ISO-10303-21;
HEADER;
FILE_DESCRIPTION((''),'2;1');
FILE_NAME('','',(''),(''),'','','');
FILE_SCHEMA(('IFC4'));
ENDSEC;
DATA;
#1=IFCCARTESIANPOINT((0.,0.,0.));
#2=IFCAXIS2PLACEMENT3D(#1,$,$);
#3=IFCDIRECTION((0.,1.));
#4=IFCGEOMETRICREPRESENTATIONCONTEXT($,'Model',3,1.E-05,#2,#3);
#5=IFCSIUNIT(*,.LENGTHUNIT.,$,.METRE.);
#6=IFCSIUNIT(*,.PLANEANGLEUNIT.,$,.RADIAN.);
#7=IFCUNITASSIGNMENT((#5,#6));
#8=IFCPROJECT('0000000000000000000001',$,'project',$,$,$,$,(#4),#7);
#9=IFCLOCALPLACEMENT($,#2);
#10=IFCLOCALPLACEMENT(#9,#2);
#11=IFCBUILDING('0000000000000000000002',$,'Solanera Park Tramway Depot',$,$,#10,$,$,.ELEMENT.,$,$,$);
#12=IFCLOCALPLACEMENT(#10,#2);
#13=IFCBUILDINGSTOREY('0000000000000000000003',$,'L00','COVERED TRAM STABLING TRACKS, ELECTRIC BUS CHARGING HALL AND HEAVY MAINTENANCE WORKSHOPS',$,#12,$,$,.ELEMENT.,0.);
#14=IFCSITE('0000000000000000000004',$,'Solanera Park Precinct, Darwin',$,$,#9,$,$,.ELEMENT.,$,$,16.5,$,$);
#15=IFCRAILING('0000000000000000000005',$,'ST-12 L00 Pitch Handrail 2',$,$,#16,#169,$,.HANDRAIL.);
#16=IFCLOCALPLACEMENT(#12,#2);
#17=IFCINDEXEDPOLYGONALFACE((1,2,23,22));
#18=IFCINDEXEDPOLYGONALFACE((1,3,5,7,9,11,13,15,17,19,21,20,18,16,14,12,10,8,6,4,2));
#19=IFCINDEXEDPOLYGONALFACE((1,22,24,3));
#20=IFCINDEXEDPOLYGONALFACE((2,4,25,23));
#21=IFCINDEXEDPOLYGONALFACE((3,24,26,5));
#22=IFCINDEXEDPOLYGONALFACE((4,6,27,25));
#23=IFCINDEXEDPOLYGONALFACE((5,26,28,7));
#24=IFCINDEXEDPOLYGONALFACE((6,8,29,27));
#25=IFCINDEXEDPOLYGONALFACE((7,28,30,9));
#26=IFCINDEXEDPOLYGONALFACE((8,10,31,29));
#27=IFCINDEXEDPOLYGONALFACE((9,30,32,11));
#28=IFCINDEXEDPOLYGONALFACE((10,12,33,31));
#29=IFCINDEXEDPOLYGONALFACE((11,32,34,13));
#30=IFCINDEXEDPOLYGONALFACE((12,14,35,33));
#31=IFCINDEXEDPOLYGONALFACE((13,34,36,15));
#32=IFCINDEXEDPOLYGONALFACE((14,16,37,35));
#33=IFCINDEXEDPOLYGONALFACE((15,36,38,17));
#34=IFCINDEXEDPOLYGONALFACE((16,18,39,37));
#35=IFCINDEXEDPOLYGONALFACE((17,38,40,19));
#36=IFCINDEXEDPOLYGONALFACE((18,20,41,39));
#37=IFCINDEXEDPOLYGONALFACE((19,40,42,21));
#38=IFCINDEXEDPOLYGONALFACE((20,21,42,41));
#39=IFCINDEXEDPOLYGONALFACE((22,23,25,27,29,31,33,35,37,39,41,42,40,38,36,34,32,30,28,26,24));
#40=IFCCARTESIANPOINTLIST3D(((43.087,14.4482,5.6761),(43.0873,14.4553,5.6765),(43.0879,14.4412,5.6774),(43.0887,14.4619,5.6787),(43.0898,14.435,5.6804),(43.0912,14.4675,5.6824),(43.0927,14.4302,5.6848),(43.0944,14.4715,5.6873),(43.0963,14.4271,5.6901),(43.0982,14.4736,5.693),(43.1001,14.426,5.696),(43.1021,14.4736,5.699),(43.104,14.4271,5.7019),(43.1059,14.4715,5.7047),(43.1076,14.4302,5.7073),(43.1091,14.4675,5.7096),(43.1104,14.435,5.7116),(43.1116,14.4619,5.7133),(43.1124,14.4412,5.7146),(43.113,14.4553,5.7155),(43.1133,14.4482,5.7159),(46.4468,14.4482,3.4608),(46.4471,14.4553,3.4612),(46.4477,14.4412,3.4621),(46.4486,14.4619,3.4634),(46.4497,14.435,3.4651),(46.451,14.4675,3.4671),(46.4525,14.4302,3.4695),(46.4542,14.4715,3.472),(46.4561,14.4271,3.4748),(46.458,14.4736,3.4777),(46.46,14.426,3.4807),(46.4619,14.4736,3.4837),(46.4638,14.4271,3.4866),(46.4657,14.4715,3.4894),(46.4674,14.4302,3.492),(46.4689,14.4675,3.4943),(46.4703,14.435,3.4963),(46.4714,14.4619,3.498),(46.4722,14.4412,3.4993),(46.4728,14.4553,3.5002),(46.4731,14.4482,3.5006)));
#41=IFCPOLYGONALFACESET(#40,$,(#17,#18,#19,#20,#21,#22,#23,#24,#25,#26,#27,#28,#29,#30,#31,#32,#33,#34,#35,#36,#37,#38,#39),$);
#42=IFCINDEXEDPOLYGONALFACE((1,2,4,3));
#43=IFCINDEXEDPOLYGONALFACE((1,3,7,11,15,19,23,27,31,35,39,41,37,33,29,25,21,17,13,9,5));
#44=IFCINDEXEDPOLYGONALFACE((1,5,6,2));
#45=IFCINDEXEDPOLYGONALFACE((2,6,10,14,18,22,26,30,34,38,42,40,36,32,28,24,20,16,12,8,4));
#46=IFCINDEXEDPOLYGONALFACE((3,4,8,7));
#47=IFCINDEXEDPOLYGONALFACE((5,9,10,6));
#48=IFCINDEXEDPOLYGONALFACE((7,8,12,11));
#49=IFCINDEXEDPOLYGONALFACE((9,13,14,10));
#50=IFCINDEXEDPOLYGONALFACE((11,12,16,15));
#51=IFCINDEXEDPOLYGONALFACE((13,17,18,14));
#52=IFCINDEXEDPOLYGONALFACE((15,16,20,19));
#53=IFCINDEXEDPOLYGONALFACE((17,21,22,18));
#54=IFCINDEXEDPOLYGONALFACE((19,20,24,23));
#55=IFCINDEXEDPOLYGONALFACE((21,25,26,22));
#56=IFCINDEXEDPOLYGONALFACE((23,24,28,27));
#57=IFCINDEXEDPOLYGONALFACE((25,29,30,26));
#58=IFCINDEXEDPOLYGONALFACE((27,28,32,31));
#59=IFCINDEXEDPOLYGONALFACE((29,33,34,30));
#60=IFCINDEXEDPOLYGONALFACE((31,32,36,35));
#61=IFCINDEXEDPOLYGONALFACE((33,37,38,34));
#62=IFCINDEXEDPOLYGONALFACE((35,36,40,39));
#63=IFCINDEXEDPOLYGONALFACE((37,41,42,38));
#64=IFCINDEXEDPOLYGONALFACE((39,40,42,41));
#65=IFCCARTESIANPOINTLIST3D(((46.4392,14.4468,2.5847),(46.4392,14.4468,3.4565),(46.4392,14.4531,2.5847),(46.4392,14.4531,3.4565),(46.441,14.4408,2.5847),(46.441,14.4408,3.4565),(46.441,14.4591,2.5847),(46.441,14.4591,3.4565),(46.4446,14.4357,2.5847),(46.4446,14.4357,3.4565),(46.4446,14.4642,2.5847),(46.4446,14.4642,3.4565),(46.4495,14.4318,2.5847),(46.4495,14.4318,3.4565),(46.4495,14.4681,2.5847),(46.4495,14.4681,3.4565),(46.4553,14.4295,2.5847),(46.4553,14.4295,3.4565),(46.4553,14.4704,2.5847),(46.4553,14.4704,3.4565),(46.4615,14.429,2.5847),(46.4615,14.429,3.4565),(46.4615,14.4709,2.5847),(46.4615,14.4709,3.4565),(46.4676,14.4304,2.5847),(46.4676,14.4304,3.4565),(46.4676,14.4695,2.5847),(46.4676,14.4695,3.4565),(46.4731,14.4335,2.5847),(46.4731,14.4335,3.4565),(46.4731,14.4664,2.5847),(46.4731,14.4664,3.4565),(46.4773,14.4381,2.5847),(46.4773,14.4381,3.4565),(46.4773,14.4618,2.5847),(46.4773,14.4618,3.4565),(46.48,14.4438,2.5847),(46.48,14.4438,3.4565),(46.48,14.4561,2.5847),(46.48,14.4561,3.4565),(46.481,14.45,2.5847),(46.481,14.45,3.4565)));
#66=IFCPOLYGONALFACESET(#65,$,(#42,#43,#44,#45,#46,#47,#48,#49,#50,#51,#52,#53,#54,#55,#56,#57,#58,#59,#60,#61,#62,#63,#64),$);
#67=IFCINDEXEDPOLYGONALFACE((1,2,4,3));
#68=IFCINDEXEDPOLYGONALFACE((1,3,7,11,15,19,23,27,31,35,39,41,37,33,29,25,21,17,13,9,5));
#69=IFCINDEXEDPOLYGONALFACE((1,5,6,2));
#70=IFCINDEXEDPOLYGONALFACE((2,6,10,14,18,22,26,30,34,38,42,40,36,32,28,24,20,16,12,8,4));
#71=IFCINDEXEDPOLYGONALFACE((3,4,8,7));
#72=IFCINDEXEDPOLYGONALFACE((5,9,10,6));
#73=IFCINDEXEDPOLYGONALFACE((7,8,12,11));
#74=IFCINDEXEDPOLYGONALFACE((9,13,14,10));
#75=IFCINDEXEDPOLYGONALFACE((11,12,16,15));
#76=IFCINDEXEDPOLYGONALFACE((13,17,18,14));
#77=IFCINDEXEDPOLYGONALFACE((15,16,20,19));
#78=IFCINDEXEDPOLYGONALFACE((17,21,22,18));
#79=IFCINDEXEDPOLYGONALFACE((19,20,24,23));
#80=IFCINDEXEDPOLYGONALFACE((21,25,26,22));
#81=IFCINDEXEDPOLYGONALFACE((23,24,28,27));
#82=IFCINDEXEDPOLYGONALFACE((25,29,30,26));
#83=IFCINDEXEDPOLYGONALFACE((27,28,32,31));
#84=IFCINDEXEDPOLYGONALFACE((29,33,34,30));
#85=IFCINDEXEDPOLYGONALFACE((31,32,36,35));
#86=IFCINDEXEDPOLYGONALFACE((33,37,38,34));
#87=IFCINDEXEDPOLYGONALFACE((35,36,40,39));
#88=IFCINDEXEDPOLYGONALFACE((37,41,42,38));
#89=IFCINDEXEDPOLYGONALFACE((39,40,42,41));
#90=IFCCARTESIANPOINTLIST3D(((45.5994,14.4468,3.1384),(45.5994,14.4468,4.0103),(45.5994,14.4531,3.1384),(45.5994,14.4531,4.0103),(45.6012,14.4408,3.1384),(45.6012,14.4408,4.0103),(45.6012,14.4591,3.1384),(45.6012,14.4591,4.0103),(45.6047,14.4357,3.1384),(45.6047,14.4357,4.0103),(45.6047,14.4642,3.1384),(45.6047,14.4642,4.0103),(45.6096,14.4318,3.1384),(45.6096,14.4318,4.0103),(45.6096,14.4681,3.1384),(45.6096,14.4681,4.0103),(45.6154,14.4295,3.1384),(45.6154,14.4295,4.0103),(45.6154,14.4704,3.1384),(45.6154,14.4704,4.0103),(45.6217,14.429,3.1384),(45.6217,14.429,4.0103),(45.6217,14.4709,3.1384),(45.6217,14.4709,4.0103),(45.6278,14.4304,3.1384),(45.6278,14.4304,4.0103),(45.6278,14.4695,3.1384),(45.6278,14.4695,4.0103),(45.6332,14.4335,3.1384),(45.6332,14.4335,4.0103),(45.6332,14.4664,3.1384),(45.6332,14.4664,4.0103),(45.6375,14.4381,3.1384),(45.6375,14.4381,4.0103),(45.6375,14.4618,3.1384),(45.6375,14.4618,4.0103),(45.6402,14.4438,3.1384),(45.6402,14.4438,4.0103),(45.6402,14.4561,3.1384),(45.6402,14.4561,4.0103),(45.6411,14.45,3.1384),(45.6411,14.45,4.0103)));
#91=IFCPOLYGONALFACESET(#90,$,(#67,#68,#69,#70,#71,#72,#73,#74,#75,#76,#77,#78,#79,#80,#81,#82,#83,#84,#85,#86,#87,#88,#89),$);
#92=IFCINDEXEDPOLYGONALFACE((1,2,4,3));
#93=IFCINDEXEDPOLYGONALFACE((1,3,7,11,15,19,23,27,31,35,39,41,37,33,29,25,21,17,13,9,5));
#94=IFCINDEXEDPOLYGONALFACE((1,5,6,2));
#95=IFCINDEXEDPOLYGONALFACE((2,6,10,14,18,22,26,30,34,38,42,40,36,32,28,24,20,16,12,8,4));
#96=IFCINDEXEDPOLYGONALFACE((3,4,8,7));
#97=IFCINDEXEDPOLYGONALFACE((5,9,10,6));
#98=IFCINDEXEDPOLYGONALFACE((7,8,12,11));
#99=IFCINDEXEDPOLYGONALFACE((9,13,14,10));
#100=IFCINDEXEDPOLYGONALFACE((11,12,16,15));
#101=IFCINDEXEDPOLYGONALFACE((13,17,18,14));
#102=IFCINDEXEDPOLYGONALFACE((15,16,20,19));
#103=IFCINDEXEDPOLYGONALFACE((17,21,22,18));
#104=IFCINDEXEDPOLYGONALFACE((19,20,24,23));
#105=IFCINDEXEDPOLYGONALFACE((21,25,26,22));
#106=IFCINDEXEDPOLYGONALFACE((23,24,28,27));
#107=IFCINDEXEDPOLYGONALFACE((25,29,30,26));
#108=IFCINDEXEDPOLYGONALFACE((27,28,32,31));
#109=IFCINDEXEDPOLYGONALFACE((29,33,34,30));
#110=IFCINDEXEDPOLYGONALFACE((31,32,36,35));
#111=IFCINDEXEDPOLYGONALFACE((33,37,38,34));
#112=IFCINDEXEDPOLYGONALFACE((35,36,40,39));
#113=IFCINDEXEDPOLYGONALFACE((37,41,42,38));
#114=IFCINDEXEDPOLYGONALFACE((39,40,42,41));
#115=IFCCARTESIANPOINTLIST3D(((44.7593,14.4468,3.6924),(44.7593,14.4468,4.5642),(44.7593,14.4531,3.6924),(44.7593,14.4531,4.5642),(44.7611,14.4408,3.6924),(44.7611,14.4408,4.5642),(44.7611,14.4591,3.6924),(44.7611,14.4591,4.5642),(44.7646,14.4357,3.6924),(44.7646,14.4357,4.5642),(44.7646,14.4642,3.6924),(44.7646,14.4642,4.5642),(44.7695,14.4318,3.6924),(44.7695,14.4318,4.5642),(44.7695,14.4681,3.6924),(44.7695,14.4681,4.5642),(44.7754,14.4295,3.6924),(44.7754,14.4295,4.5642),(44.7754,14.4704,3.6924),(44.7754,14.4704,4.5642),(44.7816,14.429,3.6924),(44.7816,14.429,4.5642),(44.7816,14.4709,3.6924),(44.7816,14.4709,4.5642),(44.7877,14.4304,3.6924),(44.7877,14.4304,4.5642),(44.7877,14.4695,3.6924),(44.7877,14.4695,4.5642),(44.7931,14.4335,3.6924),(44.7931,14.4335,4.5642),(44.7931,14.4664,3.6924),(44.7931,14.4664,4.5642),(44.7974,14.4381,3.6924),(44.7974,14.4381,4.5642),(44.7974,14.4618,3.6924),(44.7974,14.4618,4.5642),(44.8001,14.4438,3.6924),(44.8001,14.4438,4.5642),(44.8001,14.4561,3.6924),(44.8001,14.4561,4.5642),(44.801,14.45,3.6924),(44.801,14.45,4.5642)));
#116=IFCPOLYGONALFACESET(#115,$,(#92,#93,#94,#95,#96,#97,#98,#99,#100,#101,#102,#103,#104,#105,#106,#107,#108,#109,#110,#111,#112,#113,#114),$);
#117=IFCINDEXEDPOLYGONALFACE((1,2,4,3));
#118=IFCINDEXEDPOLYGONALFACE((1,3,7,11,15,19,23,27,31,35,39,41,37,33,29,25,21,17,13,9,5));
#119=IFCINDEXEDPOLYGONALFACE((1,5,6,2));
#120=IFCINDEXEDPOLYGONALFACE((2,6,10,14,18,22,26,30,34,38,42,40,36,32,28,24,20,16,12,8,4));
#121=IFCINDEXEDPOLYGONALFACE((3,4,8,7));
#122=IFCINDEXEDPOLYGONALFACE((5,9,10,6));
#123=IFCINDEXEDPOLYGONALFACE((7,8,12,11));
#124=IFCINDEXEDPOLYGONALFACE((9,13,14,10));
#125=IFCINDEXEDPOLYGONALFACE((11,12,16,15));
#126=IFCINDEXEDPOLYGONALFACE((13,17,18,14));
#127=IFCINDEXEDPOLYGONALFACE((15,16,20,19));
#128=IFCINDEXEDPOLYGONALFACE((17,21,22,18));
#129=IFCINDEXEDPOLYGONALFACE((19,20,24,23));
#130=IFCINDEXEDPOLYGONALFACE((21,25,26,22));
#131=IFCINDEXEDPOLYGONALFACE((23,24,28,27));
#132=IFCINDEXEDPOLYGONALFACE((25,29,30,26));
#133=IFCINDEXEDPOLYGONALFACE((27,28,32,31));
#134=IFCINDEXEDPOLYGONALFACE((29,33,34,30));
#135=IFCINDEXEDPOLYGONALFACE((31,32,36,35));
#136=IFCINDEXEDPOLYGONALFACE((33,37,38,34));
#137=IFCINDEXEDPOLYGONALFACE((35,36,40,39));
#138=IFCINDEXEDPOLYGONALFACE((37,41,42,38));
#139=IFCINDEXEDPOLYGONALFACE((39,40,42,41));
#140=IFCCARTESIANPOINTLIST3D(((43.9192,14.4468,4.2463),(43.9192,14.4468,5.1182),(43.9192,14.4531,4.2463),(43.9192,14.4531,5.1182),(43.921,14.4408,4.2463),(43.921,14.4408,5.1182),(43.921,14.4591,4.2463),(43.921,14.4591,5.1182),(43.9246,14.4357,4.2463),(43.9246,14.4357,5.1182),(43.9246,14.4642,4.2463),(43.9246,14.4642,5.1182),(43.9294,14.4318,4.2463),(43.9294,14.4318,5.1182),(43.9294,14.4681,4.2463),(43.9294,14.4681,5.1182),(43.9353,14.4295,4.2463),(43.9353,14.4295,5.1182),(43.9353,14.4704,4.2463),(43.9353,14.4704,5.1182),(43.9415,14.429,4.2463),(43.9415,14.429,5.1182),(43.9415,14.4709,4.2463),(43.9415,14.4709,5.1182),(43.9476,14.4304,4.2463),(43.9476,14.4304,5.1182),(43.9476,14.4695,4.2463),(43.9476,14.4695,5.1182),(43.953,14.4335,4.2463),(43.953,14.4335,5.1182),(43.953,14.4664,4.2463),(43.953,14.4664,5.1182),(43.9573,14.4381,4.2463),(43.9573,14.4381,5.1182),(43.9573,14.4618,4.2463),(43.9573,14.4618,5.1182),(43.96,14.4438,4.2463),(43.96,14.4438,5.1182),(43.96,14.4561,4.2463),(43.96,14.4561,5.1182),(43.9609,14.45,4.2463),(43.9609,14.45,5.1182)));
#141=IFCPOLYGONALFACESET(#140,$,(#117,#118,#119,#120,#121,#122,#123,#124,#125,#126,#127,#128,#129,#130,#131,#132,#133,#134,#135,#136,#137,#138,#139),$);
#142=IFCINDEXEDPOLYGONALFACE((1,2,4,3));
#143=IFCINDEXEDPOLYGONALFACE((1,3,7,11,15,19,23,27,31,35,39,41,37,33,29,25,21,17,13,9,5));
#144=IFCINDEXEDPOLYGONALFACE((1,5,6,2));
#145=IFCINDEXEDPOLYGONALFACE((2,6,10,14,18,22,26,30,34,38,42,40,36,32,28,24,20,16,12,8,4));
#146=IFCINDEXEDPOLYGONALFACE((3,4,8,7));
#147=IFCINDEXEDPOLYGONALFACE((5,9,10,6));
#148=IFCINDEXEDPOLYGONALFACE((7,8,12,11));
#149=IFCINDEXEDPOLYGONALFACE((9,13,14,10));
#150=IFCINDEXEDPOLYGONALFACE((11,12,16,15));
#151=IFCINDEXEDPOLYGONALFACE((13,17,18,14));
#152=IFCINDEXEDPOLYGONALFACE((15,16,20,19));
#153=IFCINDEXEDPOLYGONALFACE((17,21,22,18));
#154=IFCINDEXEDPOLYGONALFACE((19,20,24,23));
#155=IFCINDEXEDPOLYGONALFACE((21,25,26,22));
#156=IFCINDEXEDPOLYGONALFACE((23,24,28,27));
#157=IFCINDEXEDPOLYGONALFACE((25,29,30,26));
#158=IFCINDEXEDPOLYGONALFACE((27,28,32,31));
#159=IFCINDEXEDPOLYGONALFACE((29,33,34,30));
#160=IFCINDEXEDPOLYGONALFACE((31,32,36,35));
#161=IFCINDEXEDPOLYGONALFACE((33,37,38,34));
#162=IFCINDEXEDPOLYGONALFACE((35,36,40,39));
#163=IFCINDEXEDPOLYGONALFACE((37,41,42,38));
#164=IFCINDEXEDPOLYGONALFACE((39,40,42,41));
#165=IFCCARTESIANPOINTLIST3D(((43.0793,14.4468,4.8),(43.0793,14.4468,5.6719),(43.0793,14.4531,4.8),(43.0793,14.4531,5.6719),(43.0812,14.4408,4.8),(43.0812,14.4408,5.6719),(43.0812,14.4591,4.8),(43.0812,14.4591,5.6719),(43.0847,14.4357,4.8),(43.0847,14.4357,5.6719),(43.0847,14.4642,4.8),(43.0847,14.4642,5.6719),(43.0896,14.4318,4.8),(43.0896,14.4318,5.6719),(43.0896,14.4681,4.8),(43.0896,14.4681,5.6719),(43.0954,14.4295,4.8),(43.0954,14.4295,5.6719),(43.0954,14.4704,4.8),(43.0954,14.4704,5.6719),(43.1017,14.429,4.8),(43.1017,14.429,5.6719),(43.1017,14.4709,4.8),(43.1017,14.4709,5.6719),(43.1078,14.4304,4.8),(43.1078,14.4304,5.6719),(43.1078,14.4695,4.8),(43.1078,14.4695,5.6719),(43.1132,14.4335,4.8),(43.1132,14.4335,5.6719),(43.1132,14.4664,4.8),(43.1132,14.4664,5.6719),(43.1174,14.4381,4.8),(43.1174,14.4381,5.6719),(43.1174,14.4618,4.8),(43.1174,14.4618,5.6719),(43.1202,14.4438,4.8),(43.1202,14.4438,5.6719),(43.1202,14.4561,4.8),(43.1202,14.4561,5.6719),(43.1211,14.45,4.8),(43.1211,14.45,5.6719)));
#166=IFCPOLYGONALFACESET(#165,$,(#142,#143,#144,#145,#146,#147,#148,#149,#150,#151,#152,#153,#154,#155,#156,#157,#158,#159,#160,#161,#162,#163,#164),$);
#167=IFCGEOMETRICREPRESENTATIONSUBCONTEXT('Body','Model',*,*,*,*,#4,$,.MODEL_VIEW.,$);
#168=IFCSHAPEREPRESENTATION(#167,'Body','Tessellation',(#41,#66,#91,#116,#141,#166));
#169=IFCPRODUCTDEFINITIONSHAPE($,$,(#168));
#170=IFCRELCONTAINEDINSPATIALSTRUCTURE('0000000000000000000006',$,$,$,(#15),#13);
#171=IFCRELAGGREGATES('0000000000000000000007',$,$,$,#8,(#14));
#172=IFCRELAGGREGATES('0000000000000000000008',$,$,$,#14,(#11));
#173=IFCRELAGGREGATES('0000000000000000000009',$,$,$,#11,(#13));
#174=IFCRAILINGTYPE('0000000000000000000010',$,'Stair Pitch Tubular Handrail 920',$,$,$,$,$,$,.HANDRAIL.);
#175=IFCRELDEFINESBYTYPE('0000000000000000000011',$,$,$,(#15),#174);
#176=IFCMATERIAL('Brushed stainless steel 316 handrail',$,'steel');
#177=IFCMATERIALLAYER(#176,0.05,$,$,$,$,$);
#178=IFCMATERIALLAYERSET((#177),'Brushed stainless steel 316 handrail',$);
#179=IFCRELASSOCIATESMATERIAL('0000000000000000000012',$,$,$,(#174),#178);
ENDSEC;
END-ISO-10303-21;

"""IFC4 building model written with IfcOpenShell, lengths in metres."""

from ifc_helpers import new_model, si_unit, direction, frame, origin, origin_2d, place, context, subcontext, project, spatial, circle, extrude, material, layer, layer_set, type_object, element, save


model = new_model("IFC4")

# Units and contexts
model_context = context("Model", 3, precision=1e-05, world=origin(), true_north=direction((0.0, 1.0)))
body_context = subcontext(model_context, "Body", "Model", "MODEL_VIEW")
ifc_project = project(units=[si_unit("LENGTHUNIT", "METRE"), si_unit("PLANEANGLEUNIT", "RADIAN")], contexts=[model_context])

# Site, building, storey
site_placement = place(None, origin())
site = spatial("IfcSite", under=ifc_project, at=site_placement, Name="Solanera Park Precinct, Darwin", CompositionType="ELEMENT", RefElevation=16.5)
building_placement = place(site_placement, origin())
building = spatial("IfcBuilding", under=site, at=building_placement, Name="Solanera Park Tramway Depot", CompositionType="ELEMENT")
storey_placement = place(building_placement, origin())
storey = spatial("IfcBuildingStorey", under=building, at=storey_placement, Name="L00", Description="COVERED TRAM STABLING TRACKS, ELECTRIC BUS CHARGING HALL AND HEAVY MAINTENANCE WORKSHOPS", CompositionType="ELEMENT", Elevation=0.0)

# Railing
ifc_material_1 = material(Name="Brushed stainless steel 316 handrail", Category="steel")
ifc_layer_1 = layer(ifc_material_1, 0.05)
ifc_layer_set_1 = layer_set([ifc_layer_1], Name="Brushed stainless steel 316 handrail")
railing_type_1 = type_object("IfcRailingType", Name="Stair Pitch Tubular Handrail 920", PredefinedType="HANDRAIL", material=ifc_layer_set_1)
railing_1_placement = place(storey_placement, frame((46.46, 14.45, 2.5847)))
element("IfcRailing", 1, at=railing_1_placement, inside=storey, type_object=railing_type_1, Name="ST-12 L00 Pitch Handrail 2", PredefinedType="HANDRAIL", context=body_context, shape_type="SweptSolid", body=[
    extrude(circle(Radius=0.0239, at=origin_2d()), frame((0.0, 0.0, 0.896), z_axis=(-0.834858, 0.0, 0.550465), x_axis=(0.0, -1.0, 0.0)), (0.0, 0.0, 1.0), 4.0244),
    extrude(circle(Radius=0.021, at=origin_2d()), origin(), (0.0, 0.0, 1.0), 0.8718),
    extrude(circle(Radius=0.021, at=origin_2d()), frame((-0.8398, 0.0, 0.5537)), (0.0, 0.0, 1.0), 0.8718),
    extrude(circle(Radius=0.021, at=origin_2d()), frame((-1.6799, 0.0, 1.1077)), (0.0, 0.0, 1.0), 0.8718),
    extrude(circle(Radius=0.021, at=origin_2d()), frame((-2.52, 0.0, 1.6616)), (0.0, 0.0, 1.0), 0.8718),
    extrude(circle(Radius=0.021, at=origin_2d()), frame((-3.3599, 0.0, 2.2153)), (0.0, 0.0, 1.0), 0.8718),
])

save(model, "model.ifc")
